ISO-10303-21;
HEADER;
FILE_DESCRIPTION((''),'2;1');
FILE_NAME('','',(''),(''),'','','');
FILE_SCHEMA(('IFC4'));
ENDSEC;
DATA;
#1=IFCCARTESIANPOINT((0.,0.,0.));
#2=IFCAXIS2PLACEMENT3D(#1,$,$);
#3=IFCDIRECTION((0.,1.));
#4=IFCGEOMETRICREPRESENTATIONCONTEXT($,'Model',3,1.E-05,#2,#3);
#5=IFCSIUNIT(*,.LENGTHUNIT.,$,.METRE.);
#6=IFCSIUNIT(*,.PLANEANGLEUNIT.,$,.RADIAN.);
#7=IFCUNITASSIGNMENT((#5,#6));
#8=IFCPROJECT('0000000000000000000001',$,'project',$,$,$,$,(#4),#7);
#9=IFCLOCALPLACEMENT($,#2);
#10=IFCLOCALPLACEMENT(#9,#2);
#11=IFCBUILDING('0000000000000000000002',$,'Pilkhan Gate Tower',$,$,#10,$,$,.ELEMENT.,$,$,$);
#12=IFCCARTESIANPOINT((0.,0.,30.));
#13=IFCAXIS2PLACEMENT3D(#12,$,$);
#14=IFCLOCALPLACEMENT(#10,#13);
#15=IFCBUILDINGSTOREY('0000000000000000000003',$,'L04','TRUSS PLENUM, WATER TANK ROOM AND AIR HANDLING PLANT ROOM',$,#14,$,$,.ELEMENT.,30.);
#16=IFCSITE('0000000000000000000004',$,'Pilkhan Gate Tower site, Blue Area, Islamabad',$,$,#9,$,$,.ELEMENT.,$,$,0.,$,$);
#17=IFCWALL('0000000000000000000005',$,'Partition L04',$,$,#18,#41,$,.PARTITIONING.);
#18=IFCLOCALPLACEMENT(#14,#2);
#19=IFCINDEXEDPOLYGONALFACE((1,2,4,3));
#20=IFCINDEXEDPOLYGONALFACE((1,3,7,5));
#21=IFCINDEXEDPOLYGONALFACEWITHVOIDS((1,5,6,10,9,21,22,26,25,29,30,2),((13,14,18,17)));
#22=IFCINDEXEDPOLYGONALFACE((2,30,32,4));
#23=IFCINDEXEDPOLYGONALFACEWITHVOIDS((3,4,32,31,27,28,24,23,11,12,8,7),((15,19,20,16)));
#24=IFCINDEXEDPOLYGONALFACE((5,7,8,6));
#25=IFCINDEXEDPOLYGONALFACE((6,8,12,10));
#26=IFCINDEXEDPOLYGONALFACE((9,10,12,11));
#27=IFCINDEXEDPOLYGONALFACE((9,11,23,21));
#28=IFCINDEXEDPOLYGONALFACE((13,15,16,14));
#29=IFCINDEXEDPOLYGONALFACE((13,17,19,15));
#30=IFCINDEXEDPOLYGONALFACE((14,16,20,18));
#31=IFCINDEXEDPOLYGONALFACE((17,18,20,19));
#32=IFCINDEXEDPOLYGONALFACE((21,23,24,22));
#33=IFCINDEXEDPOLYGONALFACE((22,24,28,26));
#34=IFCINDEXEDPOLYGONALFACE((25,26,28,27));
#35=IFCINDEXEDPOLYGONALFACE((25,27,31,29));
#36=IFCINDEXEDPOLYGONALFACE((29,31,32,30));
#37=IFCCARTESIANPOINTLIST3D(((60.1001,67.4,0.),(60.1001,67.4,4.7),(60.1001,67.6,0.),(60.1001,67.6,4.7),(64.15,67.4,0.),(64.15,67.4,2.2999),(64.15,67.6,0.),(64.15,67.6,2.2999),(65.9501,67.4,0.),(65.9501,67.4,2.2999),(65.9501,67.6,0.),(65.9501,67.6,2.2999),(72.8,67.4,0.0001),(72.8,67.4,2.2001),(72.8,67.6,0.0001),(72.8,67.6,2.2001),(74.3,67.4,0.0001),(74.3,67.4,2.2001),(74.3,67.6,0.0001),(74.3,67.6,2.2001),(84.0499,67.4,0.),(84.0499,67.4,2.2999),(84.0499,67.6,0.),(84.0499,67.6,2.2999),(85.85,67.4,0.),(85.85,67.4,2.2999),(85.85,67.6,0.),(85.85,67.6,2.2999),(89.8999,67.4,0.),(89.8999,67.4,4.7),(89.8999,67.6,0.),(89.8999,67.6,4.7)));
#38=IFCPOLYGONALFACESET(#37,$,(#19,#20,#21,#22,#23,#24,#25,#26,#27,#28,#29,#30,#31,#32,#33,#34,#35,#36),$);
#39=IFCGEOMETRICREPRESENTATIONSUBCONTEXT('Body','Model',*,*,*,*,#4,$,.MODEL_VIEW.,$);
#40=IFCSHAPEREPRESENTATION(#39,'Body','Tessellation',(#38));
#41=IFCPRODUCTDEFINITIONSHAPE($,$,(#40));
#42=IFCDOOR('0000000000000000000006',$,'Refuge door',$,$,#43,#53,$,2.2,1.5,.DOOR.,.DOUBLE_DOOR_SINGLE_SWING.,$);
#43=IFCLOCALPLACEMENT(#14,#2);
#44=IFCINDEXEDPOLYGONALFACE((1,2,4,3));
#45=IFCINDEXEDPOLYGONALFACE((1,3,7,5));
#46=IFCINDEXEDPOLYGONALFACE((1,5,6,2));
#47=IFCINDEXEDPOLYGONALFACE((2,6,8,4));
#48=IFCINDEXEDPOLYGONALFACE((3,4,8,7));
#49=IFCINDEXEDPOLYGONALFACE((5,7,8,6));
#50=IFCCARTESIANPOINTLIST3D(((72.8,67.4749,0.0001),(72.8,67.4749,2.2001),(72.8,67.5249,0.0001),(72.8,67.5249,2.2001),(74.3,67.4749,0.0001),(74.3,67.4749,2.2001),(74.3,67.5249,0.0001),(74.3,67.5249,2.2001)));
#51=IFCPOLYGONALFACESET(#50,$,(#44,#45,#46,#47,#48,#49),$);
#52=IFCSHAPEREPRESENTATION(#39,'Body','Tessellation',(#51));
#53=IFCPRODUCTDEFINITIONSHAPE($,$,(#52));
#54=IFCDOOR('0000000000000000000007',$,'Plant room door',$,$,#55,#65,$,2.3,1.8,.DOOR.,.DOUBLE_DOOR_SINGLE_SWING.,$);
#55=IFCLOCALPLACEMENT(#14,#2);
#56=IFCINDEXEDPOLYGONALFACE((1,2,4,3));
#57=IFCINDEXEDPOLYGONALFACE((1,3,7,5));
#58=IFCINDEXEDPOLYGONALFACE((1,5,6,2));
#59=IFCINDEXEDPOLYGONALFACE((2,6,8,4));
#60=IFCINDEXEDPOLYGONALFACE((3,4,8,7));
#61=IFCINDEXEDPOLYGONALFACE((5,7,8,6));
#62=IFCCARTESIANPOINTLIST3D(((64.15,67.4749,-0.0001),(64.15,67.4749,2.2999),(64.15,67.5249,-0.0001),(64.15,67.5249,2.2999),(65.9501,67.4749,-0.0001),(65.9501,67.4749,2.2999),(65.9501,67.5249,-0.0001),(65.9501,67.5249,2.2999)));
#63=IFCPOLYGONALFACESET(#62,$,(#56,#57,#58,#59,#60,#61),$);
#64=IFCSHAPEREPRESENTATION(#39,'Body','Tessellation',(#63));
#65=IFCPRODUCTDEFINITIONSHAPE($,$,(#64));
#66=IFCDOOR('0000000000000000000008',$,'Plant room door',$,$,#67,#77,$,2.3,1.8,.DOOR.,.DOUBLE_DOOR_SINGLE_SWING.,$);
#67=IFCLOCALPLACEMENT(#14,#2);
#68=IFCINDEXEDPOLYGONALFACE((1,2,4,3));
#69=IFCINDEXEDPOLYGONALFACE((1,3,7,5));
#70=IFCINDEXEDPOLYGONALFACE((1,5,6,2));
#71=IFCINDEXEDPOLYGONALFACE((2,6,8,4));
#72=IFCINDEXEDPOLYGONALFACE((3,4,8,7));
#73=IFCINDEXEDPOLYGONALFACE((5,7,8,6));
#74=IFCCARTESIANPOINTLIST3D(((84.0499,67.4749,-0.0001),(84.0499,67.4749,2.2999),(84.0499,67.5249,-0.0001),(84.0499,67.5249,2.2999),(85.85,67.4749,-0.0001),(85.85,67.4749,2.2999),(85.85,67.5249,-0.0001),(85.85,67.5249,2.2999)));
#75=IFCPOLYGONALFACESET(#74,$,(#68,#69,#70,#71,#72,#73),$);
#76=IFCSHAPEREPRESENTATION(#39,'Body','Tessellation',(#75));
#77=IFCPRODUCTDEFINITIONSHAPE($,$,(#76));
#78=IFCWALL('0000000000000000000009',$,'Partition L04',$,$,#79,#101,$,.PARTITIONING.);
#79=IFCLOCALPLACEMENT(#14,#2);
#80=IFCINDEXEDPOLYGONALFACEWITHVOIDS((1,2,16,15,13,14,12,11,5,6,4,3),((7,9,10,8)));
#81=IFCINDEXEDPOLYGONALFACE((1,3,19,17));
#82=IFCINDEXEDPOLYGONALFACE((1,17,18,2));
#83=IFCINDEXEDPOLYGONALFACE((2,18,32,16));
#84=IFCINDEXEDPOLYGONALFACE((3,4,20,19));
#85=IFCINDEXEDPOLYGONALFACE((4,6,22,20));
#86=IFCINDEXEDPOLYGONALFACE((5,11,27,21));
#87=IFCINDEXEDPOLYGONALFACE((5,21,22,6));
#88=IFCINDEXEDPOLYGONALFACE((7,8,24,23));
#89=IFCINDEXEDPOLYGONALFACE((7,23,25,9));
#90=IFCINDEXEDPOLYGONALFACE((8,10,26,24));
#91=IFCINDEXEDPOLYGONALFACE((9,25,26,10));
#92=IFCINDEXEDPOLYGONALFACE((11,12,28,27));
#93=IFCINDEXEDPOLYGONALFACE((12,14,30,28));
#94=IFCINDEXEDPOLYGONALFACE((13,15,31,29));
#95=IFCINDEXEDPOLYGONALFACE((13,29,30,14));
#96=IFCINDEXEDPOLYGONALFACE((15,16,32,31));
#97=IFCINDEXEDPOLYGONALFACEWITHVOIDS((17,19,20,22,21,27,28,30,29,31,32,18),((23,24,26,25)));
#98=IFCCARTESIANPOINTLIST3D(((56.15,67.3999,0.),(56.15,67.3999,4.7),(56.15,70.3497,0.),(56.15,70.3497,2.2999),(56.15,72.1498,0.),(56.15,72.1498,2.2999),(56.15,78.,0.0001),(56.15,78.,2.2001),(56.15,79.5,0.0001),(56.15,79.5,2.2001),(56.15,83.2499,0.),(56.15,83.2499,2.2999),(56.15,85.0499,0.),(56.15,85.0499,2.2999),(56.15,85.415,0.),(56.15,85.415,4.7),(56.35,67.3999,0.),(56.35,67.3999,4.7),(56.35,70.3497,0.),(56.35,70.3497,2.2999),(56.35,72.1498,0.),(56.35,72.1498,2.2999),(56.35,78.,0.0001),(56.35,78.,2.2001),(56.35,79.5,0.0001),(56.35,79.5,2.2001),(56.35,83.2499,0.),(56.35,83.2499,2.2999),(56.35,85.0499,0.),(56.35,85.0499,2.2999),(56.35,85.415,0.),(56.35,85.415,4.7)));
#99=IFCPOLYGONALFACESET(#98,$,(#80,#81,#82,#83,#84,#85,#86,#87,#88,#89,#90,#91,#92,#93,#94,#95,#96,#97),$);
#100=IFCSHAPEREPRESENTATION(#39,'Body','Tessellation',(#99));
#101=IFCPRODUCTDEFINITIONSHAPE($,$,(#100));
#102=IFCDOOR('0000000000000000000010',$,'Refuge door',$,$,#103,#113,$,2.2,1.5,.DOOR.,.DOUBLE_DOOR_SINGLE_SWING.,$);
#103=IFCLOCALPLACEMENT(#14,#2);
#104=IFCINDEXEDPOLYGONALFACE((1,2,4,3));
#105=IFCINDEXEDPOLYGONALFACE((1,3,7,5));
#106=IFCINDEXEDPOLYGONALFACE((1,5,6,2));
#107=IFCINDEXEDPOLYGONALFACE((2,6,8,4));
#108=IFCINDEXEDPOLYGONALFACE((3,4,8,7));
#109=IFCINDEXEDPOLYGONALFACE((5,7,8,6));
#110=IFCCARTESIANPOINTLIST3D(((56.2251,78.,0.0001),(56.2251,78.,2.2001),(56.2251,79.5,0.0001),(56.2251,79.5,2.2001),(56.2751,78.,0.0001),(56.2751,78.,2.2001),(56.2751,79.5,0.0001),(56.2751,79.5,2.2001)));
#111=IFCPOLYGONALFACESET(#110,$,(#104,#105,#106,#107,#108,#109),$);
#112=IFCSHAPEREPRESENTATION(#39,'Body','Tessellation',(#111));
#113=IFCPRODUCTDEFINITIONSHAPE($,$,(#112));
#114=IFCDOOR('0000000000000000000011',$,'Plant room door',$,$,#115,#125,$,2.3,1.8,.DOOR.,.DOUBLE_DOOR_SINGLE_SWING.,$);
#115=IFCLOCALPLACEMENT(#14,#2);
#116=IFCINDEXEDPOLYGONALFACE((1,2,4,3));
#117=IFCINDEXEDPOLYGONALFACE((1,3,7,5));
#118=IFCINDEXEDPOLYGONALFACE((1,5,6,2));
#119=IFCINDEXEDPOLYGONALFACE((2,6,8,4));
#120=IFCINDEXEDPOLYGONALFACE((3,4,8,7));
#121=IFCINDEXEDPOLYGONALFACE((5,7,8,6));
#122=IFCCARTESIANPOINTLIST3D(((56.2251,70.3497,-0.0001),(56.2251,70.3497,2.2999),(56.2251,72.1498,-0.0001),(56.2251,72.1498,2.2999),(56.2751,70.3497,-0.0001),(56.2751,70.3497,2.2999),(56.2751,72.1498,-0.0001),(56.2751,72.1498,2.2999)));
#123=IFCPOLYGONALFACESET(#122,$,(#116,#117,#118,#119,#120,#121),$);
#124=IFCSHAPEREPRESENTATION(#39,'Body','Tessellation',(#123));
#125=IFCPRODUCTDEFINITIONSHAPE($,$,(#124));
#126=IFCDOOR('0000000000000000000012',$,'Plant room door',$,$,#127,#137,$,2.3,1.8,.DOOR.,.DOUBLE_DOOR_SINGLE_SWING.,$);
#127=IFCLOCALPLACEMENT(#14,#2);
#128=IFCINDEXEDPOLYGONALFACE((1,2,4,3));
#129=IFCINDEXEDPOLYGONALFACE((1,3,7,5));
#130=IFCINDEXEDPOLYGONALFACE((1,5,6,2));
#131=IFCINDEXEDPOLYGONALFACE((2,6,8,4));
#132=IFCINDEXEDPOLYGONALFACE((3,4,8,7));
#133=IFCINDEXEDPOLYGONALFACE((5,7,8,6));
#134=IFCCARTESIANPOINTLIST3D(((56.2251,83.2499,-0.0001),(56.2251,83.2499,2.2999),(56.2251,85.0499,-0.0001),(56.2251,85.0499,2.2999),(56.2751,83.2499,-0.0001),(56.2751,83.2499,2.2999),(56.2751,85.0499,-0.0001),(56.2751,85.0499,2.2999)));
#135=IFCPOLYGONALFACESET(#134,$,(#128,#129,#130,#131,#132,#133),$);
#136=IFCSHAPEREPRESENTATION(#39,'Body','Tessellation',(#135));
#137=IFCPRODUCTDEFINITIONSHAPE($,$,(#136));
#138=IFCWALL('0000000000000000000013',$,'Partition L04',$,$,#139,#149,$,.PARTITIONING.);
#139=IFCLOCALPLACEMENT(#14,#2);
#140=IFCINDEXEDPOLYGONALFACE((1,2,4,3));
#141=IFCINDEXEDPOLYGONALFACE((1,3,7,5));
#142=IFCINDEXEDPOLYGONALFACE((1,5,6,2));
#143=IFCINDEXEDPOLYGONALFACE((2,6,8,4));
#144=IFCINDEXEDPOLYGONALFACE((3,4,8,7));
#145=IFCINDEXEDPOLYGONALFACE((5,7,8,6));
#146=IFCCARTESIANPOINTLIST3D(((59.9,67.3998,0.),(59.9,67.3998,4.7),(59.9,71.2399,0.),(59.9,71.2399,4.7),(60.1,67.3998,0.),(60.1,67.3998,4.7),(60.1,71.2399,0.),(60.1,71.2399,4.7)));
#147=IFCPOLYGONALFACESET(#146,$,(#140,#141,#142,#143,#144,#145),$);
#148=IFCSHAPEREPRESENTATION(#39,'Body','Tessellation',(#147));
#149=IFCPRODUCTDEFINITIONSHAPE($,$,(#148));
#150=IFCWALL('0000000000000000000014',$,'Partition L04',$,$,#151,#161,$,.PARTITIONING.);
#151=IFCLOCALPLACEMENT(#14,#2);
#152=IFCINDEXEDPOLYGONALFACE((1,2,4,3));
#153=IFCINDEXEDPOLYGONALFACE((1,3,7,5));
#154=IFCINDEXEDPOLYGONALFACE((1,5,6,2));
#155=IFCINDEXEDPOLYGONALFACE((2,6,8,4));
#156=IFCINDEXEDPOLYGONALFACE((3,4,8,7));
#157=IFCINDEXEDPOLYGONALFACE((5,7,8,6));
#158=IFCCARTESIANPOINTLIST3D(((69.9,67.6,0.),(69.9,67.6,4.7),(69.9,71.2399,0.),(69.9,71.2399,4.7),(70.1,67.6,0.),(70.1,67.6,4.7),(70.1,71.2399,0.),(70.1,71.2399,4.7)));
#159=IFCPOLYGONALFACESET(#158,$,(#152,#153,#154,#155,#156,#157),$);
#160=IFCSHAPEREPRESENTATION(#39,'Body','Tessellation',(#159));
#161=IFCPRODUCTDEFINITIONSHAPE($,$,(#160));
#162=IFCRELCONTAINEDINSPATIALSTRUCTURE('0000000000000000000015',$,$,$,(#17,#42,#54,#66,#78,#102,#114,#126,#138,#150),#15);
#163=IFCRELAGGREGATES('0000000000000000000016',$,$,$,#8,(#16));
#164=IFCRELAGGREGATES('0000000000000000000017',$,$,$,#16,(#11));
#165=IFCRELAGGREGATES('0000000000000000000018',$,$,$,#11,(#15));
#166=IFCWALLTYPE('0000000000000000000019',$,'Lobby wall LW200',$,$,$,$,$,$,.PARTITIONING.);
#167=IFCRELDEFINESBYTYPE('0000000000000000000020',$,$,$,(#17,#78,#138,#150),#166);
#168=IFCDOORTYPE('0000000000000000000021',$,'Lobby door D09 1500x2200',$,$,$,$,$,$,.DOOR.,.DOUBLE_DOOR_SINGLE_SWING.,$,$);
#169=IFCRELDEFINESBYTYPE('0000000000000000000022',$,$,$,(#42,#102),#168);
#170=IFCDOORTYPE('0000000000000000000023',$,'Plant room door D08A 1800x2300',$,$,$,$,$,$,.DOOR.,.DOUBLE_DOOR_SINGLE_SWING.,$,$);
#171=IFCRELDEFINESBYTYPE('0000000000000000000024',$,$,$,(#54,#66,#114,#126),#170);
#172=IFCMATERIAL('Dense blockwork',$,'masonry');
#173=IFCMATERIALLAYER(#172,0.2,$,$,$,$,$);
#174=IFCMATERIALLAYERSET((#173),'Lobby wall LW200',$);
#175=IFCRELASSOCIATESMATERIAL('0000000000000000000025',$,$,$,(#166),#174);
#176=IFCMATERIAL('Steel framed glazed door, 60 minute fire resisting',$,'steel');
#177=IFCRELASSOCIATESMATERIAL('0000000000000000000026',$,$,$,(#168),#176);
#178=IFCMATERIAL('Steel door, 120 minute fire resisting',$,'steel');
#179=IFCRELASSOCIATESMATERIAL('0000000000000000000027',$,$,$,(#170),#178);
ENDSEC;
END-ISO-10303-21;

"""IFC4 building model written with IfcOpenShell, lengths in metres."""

from ifc_helpers import new_model, si_unit, direction, frame, frame_2d, origin, place, context, subcontext, project, spatial, rectangle, extrude, material, layer, layer_set, type_object, element, fill, save


model = new_model("IFC4")

# Units and contexts
model_context = context("Model", 3, precision=1e-05, world=origin(), true_north=direction((0.0, 1.0)))
body_context = subcontext(model_context, "Body", "Model", "MODEL_VIEW")
ifc_project = project(units=[si_unit("LENGTHUNIT", "METRE"), si_unit("PLANEANGLEUNIT", "RADIAN")], contexts=[model_context])

# Site, building, storey
site_placement = place(None, origin())
site = spatial("IfcSite", under=ifc_project, at=site_placement, Name="Pilkhan Gate Tower site, Blue Area, Islamabad", CompositionType="ELEMENT", RefElevation=0.0)
building_placement = place(site_placement, origin())
building = spatial("IfcBuilding", under=site, at=building_placement, Name="Pilkhan Gate Tower", CompositionType="ELEMENT")
storey_placement = place(building_placement, frame((0.0, 0.0, 30.0)))
storey = spatial("IfcBuildingStorey", under=building, at=storey_placement, Name="L04", Description="TRUSS PLENUM, WATER TANK ROOM AND AIR HANDLING PLANT ROOM", CompositionType="ELEMENT", Elevation=30.0)

# Walls, openings, doors
ifc_material_1 = material(Name="Dense blockwork", Category="masonry")
ifc_layer = layer(ifc_material_1, 0.2)
ifc_layer_set = layer_set([ifc_layer], Name="Lobby wall LW200")
wall_type = type_object("IfcWallType", Name="Lobby wall LW200", PredefinedType="PARTITIONING", material=ifc_layer_set)
wall_1_placement = place(storey_placement, frame((60.1001, 67.5, 0.0), z_axis=(0.0, 0.0, 1.0), x_axis=(1.0, 0.0, 0.0)))
wall_1 = element("IfcWall", 1, at=wall_1_placement, inside=storey, type_object=wall_type, Name="Partition L04", PredefinedType="PARTITIONING", context=body_context, shape_type="SweptSolid", body=[
    extrude(rectangle(XDim=29.7998, YDim=0.2, at=frame_2d((14.8999, 0.0))), origin(), (0.0, 0.0, 1.0), 4.7),
])
opening_1_placement = place(wall_1_placement, frame((12.7, 0.0, 0.0)))
opening_1 = element("IfcOpeningElement", 2, at=opening_1_placement, cuts=wall_1, PredefinedType="OPENING", context=body_context, shape_type="SweptSolid", body=[
    extrude(rectangle(XDim=1.5, YDim=2.2, at=frame_2d((0.75, 1.1001))), frame((0.0, 0.1099, 0.0), z_axis=(0.0, -1.0, 0.0), x_axis=(1.0, 0.0, 0.0)), (0.0, 0.0, 1.0), 0.22),
])
opening_2_placement = place(wall_1_placement, frame((4.05, 0.0, 0.0)))
opening_2 = element("IfcOpeningElement", 3, at=opening_2_placement, cuts=wall_1, PredefinedType="OPENING", context=body_context, shape_type="SweptSolid", body=[
    extrude(rectangle(XDim=1.8, YDim=2.3, at=frame_2d((0.8999, 1.1499))), frame((0.0, 0.1099, 0.0), z_axis=(0.0, -1.0, 0.0), x_axis=(1.0, 0.0, 0.0)), (0.0, 0.0, 1.0), 0.22),
])
opening_3_placement = place(wall_1_placement, frame((23.95, 0.0, 0.0)))
opening_3 = element("IfcOpeningElement", 4, at=opening_3_placement, cuts=wall_1, PredefinedType="OPENING", context=body_context, shape_type="SweptSolid", body=[
    extrude(rectangle(XDim=1.8, YDim=2.3, at=frame_2d((0.8999, 1.1499))), frame((0.0, 0.1099, 0.0), z_axis=(0.0, -1.0, 0.0), x_axis=(1.0, 0.0, 0.0)), (0.0, 0.0, 1.0), 0.22),
])
ifc_material_2 = material(Name="Steel framed glazed door, 60 minute fire resisting", Category="steel")
door_type_1 = type_object("IfcDoorType", Name="Lobby door D09 1500x2200", OperationType="DOUBLE_DOOR_SINGLE_SWING", PredefinedType="DOOR", material=ifc_material_2)
door_1_placement = place(opening_1_placement, origin())
door_1 = element("IfcDoor", 5, at=door_1_placement, inside=storey, type_object=door_type_1, Name="Refuge door", OperationType="DOUBLE_DOOR_SINGLE_SWING", OverallHeight=2.2, OverallWidth=1.5, PredefinedType="DOOR", context=body_context, shape_type="SweptSolid", body=[
    extrude(rectangle(XDim=1.5, YDim=2.2, at=frame_2d((0.75, 1.1001))), frame((0.0, 0.0249, 0.0), z_axis=(0.0, -1.0, 0.0), x_axis=(1.0, 0.0, 0.0)), (0.0, 0.0, 1.0), 0.05),
])
fill(opening_1, door_1)
ifc_material_3 = material(Name="Steel door, 120 minute fire resisting", Category="steel")
door_type_2 = type_object("IfcDoorType", Name="Plant room door D08A 1800x2300", OperationType="DOUBLE_DOOR_SINGLE_SWING", PredefinedType="DOOR", material=ifc_material_3)
door_2_placement = place(opening_2_placement, origin())
door_2 = element("IfcDoor", 6, at=door_2_placement, inside=storey, type_object=door_type_2, Name="Plant room door", OperationType="DOUBLE_DOOR_SINGLE_SWING", OverallHeight=2.3, OverallWidth=1.8, PredefinedType="DOOR", context=body_context, shape_type="SweptSolid", body=[
    extrude(rectangle(XDim=1.8, YDim=2.3, at=frame_2d((0.8999, 1.1499))), frame((0.0, 0.0249, 0.0), z_axis=(0.0, -1.0, 0.0), x_axis=(1.0, 0.0, 0.0)), (0.0, 0.0, 1.0), 0.05),
])
fill(opening_2, door_2)
door_3_placement = place(opening_3_placement, origin())
door_3 = element("IfcDoor", 7, at=door_3_placement, inside=storey, type_object=door_type_2, Name="Plant room door", OperationType="DOUBLE_DOOR_SINGLE_SWING", OverallHeight=2.3, OverallWidth=1.8, PredefinedType="DOOR", context=body_context, shape_type="SweptSolid", body=[
    extrude(rectangle(XDim=1.8, YDim=2.3, at=frame_2d((0.8999, 1.1499))), frame((0.0, 0.0249, 0.0), z_axis=(0.0, -1.0, 0.0), x_axis=(1.0, 0.0, 0.0)), (0.0, 0.0, 1.0), 0.05),
])
fill(opening_3, door_3)
wall_2_placement = place(storey_placement, frame((56.25, 67.3999, 0.0), z_axis=(0.0, 0.0, 1.0), x_axis=(0.0, 1.0, 0.0)))
wall_2 = element("IfcWall", 8, at=wall_2_placement, inside=storey, type_object=wall_type, Name="Partition L04", PredefinedType="PARTITIONING", context=body_context, shape_type="SweptSolid", body=[
    extrude(rectangle(XDim=18.0151, YDim=0.2, at=frame_2d((9.0076, 0.0))), origin(), (0.0, 0.0, 1.0), 4.7),
])
opening_4_placement = place(wall_2_placement, frame((10.6001, 0.0, 0.0)))
opening_4 = element("IfcOpeningElement", 9, at=opening_4_placement, cuts=wall_2, PredefinedType="OPENING", context=body_context, shape_type="SweptSolid", body=[
    extrude(rectangle(XDim=1.5, YDim=2.2, at=frame_2d((0.75, 1.1001))), frame((0.0, 0.1099, 0.0), z_axis=(0.0, -1.0, 0.0), x_axis=(1.0, 0.0, 0.0)), (0.0, 0.0, 1.0), 0.22),
])
opening_5_placement = place(wall_2_placement, frame((2.95, 0.0, 0.0)))
opening_5 = element("IfcOpeningElement", 10, at=opening_5_placement, cuts=wall_2, PredefinedType="OPENING", context=body_context, shape_type="SweptSolid", body=[
    extrude(rectangle(XDim=1.8, YDim=2.3, at=frame_2d((0.8999, 1.1499))), frame((0.0, 0.1099, 0.0), z_axis=(0.0, -1.0, 0.0), x_axis=(1.0, 0.0, 0.0)), (0.0, 0.0, 1.0), 0.22),
])
opening_6_placement = place(wall_2_placement, frame((15.8501, 0.0, 0.0)))
opening_6 = element("IfcOpeningElement", 11, at=opening_6_placement, cuts=wall_2, PredefinedType="OPENING", context=body_context, shape_type="SweptSolid", body=[
    extrude(rectangle(XDim=1.8, YDim=2.3, at=frame_2d((0.8999, 1.1499))), frame((0.0, 0.1099, 0.0), z_axis=(0.0, -1.0, 0.0), x_axis=(1.0, 0.0, 0.0)), (0.0, 0.0, 1.0), 0.22),
])
door_4_placement = place(opening_4_placement, origin())
door_4 = element("IfcDoor", 12, at=door_4_placement, inside=storey, type_object=door_type_1, Name="Refuge door", OperationType="DOUBLE_DOOR_SINGLE_SWING", OverallHeight=2.2, OverallWidth=1.5, PredefinedType="DOOR", context=body_context, shape_type="SweptSolid", body=[
    extrude(rectangle(XDim=1.5, YDim=2.2, at=frame_2d((0.75, 1.1001))), frame((0.0, 0.0249, 0.0), z_axis=(0.0, -1.0, 0.0), x_axis=(1.0, 0.0, 0.0)), (0.0, 0.0, 1.0), 0.05),
])
fill(opening_4, door_4)
door_5_placement = place(opening_5_placement, origin())
door_5 = element("IfcDoor", 13, at=door_5_placement, inside=storey, type_object=door_type_2, Name="Plant room door", OperationType="DOUBLE_DOOR_SINGLE_SWING", OverallHeight=2.3, OverallWidth=1.8, PredefinedType="DOOR", context=body_context, shape_type="SweptSolid", body=[
    extrude(rectangle(XDim=1.8, YDim=2.3, at=frame_2d((0.8999, 1.1499))), frame((0.0, 0.0249, 0.0), z_axis=(0.0, -1.0, 0.0), x_axis=(1.0, 0.0, 0.0)), (0.0, 0.0, 1.0), 0.05),
])
fill(opening_5, door_5)
door_6_placement = place(opening_6_placement, origin())
door_6 = element("IfcDoor", 14, at=door_6_placement, inside=storey, type_object=door_type_2, Name="Plant room door", OperationType="DOUBLE_DOOR_SINGLE_SWING", OverallHeight=2.3, OverallWidth=1.8, PredefinedType="DOOR", context=body_context, shape_type="SweptSolid", body=[
    extrude(rectangle(XDim=1.8, YDim=2.3, at=frame_2d((0.8999, 1.1499))), frame((0.0, 0.0249, 0.0), z_axis=(0.0, -1.0, 0.0), x_axis=(1.0, 0.0, 0.0)), (0.0, 0.0, 1.0), 0.05),
])
fill(opening_6, door_6)

# Walls
wall_3_placement = place(storey_placement, frame((60.0, 67.3999, 0.0), z_axis=(0.0, 0.0, 1.0), x_axis=(0.0, 1.0, 0.0)))
element("IfcWall", 15, at=wall_3_placement, inside=storey, type_object=wall_type, Name="Partition L04", PredefinedType="PARTITIONING", context=body_context, shape_type="SweptSolid", body=[
    extrude(rectangle(XDim=3.8401, YDim=0.2, at=frame_2d((1.9199, 0.0))), origin(), (0.0, 0.0, 1.0), 4.7),
])
wall_4_placement = place(storey_placement, frame((70.0, 67.6001, 0.0), z_axis=(0.0, 0.0, 1.0), x_axis=(0.0, 1.0, 0.0)))
element("IfcWall", 16, at=wall_4_placement, inside=storey, type_object=wall_type, Name="Partition L04", PredefinedType="PARTITIONING", context=body_context, shape_type="SweptSolid", body=[
    extrude(rectangle(XDim=3.6399, YDim=0.2, at=frame_2d((1.8198, 0.0))), origin(), (0.0, 0.0, 1.0), 4.7),
])

save(model, "model.ifc")
